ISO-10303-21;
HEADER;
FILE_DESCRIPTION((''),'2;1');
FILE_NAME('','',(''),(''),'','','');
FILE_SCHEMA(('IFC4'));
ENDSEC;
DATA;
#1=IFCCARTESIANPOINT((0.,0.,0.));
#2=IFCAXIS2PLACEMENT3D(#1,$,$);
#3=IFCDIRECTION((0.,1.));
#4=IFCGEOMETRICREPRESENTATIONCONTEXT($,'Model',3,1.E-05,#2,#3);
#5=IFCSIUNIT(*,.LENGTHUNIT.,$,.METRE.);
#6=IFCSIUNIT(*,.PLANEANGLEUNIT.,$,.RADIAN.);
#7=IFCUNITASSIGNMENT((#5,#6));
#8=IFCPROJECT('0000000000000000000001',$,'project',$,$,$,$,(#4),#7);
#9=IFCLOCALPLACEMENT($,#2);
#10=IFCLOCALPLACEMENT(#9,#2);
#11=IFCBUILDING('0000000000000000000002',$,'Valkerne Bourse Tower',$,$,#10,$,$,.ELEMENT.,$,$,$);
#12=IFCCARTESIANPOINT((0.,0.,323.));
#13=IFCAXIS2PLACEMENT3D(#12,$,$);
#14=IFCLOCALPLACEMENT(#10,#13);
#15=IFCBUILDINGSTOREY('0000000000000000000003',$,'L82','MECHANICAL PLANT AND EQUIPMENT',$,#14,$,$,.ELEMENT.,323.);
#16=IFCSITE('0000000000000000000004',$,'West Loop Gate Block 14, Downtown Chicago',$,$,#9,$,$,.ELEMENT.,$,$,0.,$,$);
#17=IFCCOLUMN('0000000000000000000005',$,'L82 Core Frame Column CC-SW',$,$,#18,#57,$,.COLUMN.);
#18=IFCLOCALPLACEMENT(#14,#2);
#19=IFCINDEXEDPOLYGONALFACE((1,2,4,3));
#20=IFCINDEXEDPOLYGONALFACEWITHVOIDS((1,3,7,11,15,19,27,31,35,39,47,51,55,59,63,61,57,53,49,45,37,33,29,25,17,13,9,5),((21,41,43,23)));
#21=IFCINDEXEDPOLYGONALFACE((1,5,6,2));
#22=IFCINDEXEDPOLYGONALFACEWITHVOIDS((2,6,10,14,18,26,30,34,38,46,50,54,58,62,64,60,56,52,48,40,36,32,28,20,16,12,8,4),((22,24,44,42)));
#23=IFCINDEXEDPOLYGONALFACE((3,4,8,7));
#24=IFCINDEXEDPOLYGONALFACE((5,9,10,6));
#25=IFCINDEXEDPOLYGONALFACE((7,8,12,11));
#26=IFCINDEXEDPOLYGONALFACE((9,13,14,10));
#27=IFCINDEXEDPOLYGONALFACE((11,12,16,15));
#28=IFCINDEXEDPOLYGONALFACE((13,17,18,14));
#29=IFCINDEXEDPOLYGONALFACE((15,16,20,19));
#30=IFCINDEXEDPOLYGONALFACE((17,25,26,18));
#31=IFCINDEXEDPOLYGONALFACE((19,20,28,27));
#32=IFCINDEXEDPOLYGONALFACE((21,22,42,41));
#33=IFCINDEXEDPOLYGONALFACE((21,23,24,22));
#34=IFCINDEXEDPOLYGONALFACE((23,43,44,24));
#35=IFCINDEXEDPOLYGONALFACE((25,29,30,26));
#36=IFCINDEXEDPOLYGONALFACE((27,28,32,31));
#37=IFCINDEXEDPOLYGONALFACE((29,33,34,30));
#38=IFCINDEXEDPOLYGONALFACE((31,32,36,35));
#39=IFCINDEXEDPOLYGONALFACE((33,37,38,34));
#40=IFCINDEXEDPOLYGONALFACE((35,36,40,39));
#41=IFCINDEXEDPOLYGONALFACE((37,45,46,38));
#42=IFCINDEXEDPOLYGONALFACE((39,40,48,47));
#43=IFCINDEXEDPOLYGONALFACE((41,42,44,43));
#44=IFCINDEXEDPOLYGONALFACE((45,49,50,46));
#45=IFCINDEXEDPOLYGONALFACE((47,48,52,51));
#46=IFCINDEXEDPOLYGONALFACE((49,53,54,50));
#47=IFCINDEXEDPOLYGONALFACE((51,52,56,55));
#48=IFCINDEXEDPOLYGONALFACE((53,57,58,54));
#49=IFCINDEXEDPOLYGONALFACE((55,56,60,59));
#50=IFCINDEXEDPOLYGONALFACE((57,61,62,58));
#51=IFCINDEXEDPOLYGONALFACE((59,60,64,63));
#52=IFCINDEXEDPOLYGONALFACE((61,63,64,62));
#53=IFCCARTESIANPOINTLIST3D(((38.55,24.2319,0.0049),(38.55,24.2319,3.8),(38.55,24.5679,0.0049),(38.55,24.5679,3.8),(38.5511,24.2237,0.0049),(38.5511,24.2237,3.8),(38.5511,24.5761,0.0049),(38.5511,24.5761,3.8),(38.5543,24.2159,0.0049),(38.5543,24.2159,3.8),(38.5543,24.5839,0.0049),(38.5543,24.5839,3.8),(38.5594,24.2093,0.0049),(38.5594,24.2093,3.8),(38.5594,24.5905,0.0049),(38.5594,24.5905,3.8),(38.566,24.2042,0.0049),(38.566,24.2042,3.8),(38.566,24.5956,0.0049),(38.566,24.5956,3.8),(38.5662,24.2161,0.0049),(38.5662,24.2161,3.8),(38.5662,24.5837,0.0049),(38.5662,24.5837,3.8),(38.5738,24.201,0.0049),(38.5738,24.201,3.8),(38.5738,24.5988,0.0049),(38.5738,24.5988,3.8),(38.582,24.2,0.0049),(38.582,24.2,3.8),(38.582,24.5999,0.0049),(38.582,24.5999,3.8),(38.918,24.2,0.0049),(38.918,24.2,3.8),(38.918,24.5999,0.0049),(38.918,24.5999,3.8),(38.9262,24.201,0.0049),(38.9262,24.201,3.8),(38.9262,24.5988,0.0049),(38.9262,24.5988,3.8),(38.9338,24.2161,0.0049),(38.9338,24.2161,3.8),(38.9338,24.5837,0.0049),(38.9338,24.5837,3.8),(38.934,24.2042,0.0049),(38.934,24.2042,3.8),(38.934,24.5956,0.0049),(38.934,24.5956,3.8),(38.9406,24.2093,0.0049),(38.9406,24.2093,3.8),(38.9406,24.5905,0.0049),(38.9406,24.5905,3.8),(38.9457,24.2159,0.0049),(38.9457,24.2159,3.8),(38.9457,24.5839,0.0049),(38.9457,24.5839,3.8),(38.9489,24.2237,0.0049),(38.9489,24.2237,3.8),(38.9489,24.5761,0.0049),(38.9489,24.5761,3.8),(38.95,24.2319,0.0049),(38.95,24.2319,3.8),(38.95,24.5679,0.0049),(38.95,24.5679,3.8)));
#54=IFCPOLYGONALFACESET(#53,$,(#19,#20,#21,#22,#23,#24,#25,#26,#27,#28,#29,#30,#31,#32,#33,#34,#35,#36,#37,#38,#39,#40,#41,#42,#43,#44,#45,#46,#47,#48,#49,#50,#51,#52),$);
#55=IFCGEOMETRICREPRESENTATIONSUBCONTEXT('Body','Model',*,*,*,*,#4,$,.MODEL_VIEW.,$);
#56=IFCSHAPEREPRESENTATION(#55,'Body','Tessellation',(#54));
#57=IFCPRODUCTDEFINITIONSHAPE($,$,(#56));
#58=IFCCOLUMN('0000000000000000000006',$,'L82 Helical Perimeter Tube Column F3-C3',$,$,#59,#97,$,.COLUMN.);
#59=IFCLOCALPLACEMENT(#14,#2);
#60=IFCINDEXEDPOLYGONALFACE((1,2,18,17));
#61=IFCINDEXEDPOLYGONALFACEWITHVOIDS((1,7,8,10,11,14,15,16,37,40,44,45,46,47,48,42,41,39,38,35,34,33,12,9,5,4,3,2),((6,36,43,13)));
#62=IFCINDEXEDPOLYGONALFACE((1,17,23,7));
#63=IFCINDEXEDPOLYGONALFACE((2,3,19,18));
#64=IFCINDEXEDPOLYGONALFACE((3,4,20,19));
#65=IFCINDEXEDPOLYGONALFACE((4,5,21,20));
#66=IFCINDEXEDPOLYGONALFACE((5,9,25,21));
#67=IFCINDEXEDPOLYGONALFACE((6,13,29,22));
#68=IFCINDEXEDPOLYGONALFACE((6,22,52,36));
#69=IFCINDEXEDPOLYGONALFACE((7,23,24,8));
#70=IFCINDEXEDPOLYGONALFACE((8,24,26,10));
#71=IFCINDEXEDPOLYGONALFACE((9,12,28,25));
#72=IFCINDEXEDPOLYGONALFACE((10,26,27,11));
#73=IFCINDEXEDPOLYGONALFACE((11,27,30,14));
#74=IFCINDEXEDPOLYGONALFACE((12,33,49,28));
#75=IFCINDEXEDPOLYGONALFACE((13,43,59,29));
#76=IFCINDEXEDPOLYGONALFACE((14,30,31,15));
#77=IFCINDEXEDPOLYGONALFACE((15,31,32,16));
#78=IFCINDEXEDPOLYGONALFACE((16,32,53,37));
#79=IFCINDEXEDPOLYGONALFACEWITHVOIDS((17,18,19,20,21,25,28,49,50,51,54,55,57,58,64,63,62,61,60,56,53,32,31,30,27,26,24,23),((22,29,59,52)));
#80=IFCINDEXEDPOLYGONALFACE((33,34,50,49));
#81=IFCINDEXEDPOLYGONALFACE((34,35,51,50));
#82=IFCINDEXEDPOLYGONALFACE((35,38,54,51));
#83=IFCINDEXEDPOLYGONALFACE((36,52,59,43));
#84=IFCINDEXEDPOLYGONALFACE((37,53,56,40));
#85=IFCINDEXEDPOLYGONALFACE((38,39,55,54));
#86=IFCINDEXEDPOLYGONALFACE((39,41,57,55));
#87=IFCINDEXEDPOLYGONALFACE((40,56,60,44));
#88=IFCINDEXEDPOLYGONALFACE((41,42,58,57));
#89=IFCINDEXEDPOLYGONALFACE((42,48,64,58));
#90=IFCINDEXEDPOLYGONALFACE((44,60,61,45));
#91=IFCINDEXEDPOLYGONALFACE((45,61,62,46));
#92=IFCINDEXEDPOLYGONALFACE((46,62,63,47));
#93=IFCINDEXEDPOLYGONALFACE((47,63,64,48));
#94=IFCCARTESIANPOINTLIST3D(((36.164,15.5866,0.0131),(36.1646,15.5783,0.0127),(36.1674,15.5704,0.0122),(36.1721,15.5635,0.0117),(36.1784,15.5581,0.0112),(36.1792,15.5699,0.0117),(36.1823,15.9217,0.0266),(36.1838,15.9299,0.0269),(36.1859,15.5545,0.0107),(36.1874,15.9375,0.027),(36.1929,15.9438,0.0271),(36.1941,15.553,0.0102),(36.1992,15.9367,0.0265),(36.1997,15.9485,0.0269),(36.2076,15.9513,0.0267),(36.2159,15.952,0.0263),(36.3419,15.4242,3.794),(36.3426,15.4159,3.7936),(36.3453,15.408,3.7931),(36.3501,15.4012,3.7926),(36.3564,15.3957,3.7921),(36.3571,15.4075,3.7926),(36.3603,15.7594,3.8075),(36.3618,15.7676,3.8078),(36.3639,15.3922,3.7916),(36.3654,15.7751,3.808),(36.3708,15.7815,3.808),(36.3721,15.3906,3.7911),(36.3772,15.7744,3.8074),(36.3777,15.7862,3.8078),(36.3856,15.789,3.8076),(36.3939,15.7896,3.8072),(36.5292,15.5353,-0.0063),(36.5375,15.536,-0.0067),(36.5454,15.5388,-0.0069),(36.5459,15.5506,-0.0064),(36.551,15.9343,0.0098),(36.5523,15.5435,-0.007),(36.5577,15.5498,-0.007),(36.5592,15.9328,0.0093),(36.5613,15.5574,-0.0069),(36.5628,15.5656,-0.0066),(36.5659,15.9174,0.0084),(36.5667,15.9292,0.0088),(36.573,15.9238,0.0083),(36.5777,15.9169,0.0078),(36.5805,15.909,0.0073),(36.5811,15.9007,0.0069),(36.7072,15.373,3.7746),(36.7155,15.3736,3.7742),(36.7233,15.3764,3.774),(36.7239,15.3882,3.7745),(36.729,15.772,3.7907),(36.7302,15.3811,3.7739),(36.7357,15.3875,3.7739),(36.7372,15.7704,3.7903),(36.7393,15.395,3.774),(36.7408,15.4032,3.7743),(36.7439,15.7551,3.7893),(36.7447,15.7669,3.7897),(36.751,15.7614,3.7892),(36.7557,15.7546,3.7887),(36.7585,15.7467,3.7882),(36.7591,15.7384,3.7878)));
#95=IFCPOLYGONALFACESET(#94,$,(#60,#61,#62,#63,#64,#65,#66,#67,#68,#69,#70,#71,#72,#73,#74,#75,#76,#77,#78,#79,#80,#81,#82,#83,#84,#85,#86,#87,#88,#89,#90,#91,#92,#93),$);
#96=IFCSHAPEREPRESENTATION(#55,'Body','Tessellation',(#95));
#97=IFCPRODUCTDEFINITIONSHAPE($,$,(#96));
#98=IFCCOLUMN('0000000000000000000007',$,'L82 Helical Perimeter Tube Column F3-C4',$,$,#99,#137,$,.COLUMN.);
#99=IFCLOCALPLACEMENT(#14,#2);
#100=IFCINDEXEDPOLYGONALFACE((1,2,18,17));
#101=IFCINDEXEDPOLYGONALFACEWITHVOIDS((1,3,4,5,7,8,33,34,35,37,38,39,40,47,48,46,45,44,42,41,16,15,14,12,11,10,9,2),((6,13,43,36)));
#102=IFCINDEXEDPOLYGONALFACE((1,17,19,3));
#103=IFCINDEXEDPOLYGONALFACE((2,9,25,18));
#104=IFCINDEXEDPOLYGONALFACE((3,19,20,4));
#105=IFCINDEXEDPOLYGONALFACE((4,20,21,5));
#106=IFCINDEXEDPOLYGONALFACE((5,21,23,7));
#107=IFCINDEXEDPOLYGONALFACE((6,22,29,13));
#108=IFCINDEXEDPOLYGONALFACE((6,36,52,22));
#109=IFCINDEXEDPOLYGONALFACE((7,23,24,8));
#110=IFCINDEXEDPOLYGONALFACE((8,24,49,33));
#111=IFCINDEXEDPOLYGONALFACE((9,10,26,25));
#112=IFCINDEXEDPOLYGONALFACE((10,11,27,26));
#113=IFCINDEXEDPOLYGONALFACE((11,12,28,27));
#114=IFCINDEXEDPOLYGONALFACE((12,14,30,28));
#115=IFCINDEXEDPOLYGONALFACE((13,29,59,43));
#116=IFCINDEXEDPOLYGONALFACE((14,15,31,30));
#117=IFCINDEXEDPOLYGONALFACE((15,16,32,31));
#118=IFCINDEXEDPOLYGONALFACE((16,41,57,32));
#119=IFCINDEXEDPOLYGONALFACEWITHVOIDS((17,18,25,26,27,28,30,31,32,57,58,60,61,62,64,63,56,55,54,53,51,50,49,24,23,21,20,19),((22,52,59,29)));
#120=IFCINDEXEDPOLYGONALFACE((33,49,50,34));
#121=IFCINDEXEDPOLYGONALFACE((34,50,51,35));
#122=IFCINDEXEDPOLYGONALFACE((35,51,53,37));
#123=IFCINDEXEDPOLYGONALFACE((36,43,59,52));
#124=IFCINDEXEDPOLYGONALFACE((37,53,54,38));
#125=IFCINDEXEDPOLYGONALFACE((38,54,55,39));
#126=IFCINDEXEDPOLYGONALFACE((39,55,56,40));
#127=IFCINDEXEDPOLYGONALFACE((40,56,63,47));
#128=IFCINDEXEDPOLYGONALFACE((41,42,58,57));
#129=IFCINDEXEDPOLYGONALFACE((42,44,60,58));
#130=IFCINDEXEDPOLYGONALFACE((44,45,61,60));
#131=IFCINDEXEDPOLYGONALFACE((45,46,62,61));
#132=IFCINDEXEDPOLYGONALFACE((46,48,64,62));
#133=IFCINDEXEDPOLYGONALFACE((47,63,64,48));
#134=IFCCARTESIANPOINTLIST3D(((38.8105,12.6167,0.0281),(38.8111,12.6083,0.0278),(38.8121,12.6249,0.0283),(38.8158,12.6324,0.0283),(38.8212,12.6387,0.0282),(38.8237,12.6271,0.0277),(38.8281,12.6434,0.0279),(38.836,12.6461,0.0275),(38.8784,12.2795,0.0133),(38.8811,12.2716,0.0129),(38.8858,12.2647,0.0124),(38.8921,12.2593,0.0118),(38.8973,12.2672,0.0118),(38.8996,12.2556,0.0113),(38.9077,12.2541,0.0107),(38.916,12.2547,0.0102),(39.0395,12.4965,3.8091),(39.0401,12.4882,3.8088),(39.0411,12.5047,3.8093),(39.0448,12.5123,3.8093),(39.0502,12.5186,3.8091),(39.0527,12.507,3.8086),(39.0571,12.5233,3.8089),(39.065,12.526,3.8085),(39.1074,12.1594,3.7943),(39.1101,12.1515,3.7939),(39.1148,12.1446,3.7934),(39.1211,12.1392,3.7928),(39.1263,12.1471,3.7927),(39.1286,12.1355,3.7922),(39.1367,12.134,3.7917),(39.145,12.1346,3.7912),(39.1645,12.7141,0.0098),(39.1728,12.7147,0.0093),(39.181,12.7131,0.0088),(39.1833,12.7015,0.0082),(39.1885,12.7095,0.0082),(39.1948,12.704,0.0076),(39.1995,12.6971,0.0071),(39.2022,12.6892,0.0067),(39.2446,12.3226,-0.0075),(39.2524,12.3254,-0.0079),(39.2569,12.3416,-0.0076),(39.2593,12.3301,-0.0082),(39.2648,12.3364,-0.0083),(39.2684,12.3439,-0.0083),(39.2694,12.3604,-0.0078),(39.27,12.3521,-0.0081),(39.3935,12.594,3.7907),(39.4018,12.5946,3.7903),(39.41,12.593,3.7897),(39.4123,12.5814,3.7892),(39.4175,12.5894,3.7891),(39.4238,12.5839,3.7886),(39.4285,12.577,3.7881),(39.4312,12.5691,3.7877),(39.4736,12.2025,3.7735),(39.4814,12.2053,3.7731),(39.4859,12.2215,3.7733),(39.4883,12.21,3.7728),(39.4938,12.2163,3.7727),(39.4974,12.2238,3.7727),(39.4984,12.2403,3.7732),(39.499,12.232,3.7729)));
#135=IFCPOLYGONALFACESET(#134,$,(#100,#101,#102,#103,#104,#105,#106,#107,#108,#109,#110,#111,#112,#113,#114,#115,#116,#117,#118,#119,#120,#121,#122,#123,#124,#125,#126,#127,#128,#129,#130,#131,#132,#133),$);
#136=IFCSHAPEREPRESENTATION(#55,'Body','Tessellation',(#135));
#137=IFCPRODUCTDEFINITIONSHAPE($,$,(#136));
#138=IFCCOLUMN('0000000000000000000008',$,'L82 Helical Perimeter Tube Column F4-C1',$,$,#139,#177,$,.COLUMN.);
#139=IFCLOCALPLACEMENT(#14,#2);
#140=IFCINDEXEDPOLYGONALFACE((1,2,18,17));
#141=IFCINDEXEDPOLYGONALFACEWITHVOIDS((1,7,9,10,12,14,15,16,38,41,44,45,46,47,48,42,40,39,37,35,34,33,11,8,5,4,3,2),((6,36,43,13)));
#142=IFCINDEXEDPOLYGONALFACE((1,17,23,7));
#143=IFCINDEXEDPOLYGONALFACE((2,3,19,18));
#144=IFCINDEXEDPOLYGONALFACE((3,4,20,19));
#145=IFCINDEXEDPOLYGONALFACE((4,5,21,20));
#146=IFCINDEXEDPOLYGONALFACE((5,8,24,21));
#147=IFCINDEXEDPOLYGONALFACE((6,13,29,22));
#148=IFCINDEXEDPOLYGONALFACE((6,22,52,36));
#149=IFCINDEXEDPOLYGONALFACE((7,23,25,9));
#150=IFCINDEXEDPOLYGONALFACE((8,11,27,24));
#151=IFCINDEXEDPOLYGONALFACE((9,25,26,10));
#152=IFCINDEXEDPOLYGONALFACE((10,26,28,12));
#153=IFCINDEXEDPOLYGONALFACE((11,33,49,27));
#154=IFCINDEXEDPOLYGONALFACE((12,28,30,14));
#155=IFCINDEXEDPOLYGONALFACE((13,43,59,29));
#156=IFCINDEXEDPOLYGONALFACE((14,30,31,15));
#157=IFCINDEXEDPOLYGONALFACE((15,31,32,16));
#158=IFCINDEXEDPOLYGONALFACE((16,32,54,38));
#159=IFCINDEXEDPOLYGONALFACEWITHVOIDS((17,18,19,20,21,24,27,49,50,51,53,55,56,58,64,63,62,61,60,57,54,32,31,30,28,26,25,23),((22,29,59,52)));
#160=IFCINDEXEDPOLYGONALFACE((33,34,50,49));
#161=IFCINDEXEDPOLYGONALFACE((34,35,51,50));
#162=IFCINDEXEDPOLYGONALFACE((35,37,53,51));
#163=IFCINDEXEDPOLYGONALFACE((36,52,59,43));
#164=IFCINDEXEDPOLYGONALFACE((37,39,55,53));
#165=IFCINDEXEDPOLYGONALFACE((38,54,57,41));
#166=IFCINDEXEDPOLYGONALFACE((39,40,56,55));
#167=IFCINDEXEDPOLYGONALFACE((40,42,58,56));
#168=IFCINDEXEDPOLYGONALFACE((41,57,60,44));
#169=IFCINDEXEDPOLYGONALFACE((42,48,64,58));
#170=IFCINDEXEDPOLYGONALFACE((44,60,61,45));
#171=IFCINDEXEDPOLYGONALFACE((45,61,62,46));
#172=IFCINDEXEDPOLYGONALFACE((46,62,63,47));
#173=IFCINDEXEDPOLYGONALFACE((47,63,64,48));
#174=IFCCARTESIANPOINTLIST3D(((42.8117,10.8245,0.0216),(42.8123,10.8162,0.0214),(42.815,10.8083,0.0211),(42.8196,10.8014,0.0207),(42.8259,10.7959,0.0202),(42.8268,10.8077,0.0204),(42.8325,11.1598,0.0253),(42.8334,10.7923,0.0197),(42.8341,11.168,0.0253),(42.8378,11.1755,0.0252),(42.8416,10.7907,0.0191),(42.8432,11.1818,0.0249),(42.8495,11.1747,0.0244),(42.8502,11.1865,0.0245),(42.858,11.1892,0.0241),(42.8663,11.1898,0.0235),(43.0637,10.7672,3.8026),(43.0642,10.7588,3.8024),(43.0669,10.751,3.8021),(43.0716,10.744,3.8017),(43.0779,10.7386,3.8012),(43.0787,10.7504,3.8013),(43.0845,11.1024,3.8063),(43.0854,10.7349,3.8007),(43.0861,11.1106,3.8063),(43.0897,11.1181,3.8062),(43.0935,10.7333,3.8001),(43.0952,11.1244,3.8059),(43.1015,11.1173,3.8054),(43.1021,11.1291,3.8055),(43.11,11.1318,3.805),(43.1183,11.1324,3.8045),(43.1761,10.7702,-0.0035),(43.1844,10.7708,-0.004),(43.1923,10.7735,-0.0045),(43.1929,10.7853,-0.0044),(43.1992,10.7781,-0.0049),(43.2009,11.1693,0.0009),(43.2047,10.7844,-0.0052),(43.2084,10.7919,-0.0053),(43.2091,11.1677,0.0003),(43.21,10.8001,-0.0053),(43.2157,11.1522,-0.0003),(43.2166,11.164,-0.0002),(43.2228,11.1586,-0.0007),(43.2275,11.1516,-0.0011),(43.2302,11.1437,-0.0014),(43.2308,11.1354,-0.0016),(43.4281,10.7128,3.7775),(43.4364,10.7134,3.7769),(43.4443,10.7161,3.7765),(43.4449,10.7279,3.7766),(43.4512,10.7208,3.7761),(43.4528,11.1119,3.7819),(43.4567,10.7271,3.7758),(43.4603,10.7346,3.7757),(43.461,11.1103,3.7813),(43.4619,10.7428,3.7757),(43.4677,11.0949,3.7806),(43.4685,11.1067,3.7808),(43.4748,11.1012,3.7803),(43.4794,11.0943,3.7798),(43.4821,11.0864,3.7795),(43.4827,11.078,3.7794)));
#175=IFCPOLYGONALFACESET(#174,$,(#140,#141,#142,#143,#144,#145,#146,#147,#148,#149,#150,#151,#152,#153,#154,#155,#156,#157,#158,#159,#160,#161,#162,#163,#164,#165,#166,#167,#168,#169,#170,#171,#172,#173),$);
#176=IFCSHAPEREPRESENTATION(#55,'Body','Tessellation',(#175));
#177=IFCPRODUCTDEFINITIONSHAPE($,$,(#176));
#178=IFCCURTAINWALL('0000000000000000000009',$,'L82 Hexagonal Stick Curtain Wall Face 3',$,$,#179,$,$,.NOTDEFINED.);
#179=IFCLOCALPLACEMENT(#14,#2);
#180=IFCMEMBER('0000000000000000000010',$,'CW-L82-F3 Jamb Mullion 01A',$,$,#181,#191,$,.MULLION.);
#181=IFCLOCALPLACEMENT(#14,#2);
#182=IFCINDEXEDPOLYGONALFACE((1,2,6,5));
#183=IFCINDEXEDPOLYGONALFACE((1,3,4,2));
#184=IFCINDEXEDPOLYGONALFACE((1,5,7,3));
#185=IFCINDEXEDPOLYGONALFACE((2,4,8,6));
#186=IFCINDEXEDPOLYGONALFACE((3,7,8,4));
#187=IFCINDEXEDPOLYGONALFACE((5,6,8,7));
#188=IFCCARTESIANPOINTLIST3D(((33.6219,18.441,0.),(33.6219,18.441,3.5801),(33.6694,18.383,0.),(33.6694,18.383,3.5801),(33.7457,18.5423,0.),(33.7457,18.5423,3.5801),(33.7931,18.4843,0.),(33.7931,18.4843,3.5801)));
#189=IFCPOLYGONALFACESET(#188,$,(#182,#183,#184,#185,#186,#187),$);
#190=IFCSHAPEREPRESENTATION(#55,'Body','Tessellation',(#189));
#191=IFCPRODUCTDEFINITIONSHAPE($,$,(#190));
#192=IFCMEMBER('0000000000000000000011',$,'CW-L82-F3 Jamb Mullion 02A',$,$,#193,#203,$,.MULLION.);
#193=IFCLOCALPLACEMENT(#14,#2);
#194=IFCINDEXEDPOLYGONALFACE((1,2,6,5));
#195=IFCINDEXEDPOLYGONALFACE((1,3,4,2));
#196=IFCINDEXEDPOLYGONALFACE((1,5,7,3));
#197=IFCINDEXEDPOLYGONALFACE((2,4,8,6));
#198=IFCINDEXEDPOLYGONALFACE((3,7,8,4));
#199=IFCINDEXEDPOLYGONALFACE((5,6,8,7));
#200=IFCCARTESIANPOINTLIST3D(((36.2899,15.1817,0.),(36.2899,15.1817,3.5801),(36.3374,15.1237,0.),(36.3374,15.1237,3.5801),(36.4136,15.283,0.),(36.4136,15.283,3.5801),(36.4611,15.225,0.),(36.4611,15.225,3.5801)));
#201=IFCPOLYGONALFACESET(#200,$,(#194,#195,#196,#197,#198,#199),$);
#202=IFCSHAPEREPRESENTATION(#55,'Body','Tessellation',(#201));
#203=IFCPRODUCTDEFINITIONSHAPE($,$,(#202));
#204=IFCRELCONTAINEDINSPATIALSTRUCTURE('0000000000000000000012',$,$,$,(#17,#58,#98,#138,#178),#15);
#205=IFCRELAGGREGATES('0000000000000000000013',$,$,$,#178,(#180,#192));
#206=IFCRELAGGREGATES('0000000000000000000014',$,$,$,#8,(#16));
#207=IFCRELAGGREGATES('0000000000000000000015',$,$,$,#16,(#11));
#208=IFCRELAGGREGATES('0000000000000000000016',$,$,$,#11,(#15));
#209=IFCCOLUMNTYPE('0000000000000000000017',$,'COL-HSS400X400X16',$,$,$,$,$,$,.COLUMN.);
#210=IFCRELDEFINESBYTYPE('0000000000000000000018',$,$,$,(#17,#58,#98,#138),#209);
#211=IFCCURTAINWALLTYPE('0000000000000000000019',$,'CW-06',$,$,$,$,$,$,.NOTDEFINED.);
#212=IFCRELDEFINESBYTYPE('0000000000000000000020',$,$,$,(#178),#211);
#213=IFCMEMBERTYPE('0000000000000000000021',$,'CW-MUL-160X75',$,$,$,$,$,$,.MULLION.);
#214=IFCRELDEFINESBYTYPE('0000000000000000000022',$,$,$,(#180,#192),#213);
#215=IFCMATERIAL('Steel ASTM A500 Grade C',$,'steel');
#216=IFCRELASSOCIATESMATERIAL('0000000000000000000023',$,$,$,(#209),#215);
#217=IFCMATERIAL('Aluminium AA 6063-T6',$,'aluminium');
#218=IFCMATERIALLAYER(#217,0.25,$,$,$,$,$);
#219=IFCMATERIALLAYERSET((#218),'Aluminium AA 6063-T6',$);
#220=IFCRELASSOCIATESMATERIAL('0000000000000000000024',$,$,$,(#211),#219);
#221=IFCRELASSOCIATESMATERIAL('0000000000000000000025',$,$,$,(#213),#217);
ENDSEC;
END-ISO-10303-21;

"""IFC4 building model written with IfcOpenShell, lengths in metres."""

from ifc_helpers import new_model, si_unit, direction, frame, origin, origin_2d, place, context, subcontext, project, spatial, rectangle, hollow_rectangle, extrude, material, layer, layer_set, material_profile, profile_set, type_object, element, aggregate, save


model = new_model("IFC4")

# Units and contexts
model_context = context("Model", 3, precision=1e-05, world=origin(), true_north=direction((0.0, 1.0)))
body_context = subcontext(model_context, "Body", "Model", "MODEL_VIEW")
ifc_project = project(units=[si_unit("LENGTHUNIT", "METRE"), si_unit("PLANEANGLEUNIT", "RADIAN")], contexts=[model_context])

# Site, building, storey
site_placement = place(None, origin())
site = spatial("IfcSite", under=ifc_project, at=site_placement, Name="West Loop Gate Block 14, Downtown Chicago", CompositionType="ELEMENT", RefElevation=0.0)
building_placement = place(site_placement, origin())
building = spatial("IfcBuilding", under=site, at=building_placement, Name="Valkerne Bourse Tower", CompositionType="ELEMENT")
storey_placement = place(building_placement, frame((0.0, 0.0, 323.0)))
storey = spatial("IfcBuildingStorey", under=building, at=storey_placement, Name="L82", Description="MECHANICAL PLANT AND EQUIPMENT", CompositionType="ELEMENT", Elevation=323.0)

# Columns
ifc_material_1 = material(Name="Steel ASTM A500 Grade C", Category="steel")
ifc_material_profile_1 = material_profile(ifc_material_1, hollow_rectangle(XDim=0.3999, YDim=0.3999, WallThickness=0.0161, OuterFilletRadius=0.032, at=origin_2d()), Name="HSS400X400X16")
ifc_profile_set_1 = profile_set([ifc_material_profile_1], Name="Steel ASTM A500 Grade C")
column_type = type_object("IfcColumnType", Name="COL-HSS400X400X16", PredefinedType="COLUMN", material=ifc_profile_set_1)
column_1_placement = place(storey_placement, frame((38.75, 24.3999, 0.0049), z_axis=(0.0, 0.0, 1.0), x_axis=(1.0, 0.0, 0.0)))
element("IfcColumn", 1, at=column_1_placement, inside=storey, type_object=column_type, Name="L82 Core Frame Column CC-SW", PredefinedType="COLUMN", context=body_context, shape_type="SweptSolid", body=[
    extrude(hollow_rectangle(XDim=0.3999, YDim=0.3999, WallThickness=0.0161, OuterFilletRadius=0.032, at=origin_2d()), origin(), (0.0, 0.0, 1.0), 3.7952),
])
column_2_placement = place(storey_placement, frame((36.3726, 15.7437, 0.01), z_axis=(0.046976, -0.042852, 0.997976), x_axis=(0.997407, -0.052524, -0.049205)))
element("IfcColumn", 2, at=column_2_placement, inside=storey, type_object=column_type, Name="L82 Helical Perimeter Tube Column F3-C3", PredefinedType="COLUMN", context=body_context, shape_type="SweptSolid", body=[
    extrude(hollow_rectangle(XDim=0.3999, YDim=0.3999, WallThickness=0.0161, OuterFilletRadius=0.032, at=origin_2d()), origin(), (0.0, 0.0, 1.0), 3.7886),
])
for number, where, z_axis, x_axis, name in (
    (3, (39.0403, 12.4844, 0.01), (0.060426, -0.031695, 0.997669), (0.977901, 0.202293, -0.052802), "L82 Helical Perimeter Tube Column F3-C4"),
    (4, (43.0212, 10.98, 0.01), (0.066481, -0.015139, 0.997673), (0.061908, 0.998021, 0.011019), "L82 Helical Perimeter Tube Column F4-C1"),
):
    element("IfcColumn", number, at=place(storey_placement, frame(where, z_axis=z_axis, x_axis=x_axis)), inside=storey, type_object=column_type, Name=name, PredefinedType="COLUMN", context=body_context, shape_type="SweptSolid", body=[
        extrude(hollow_rectangle(XDim=0.3999, YDim=0.3999, WallThickness=0.0161, OuterFilletRadius=0.032, at=origin_2d()), origin(), (0.0, 0.0, 1.0), 3.7898),
    ])

# Curtain wall, members
ifc_material_2 = material(Name="Aluminium AA 6063-T6", Category="aluminium")
ifc_layer_1 = layer(ifc_material_2, 0.25)
ifc_layer_set_1 = layer_set([ifc_layer_1], Name="Aluminium AA 6063-T6")
curtain_wall_type = type_object("IfcCurtainWallType", Name="CW-06", PredefinedType="NOTDEFINED", material=ifc_layer_set_1)
curtain_wall_1_placement = place(storey_placement, origin())
curtain_wall_1 = element("IfcCurtainWall", 5, at=curtain_wall_1_placement, inside=storey, type_object=curtain_wall_type, Name="L82 Hexagonal Stick Curtain Wall Face 3", PredefinedType="NOTDEFINED")
ifc_material_profile_2 = material_profile(ifc_material_2, rectangle(XDim=0.075, YDim=0.1599, at=origin_2d()), Name="CWM-75X160")
ifc_profile_set_2 = profile_set([ifc_material_profile_2], Name="Aluminium AA 6063-T6")
member_type_1 = type_object("IfcMemberType", Name="CW-MUL-160X75", PredefinedType="MULLION", material=ifc_profile_set_2)
member_1_placement = place(storey_placement, frame((33.7075, 18.4626, 0.0), z_axis=(0.0, 0.0, 1.0), x_axis=(0.633383, -0.773839, 0.0)))
member_1 = element("IfcMember", 6, at=member_1_placement, type_object=member_type_1, Name="CW-L82-F3 Jamb Mullion 01A", PredefinedType="MULLION", context=body_context, shape_type="SweptSolid", body=[
    extrude(rectangle(XDim=0.075, YDim=0.1599, at=origin_2d()), origin(), (0.0, 0.0, 1.0), 3.5801),
])
member_2_placement = place(storey_placement, frame((36.3755, 15.2034, 0.0), z_axis=(0.0, 0.0, 1.0), x_axis=(0.633383, -0.773839, 0.0)))
member_2 = element("IfcMember", 7, at=member_2_placement, type_object=member_type_1, Name="CW-L82-F3 Jamb Mullion 02A", PredefinedType="MULLION", context=body_context, shape_type="SweptSolid", body=[
    extrude(rectangle(XDim=0.075, YDim=0.1599, at=origin_2d()), origin(), (0.0, 0.0, 1.0), 3.5801),
])

aggregate(curtain_wall_1, [member_1, member_2])

save(model, "model.ifc")
